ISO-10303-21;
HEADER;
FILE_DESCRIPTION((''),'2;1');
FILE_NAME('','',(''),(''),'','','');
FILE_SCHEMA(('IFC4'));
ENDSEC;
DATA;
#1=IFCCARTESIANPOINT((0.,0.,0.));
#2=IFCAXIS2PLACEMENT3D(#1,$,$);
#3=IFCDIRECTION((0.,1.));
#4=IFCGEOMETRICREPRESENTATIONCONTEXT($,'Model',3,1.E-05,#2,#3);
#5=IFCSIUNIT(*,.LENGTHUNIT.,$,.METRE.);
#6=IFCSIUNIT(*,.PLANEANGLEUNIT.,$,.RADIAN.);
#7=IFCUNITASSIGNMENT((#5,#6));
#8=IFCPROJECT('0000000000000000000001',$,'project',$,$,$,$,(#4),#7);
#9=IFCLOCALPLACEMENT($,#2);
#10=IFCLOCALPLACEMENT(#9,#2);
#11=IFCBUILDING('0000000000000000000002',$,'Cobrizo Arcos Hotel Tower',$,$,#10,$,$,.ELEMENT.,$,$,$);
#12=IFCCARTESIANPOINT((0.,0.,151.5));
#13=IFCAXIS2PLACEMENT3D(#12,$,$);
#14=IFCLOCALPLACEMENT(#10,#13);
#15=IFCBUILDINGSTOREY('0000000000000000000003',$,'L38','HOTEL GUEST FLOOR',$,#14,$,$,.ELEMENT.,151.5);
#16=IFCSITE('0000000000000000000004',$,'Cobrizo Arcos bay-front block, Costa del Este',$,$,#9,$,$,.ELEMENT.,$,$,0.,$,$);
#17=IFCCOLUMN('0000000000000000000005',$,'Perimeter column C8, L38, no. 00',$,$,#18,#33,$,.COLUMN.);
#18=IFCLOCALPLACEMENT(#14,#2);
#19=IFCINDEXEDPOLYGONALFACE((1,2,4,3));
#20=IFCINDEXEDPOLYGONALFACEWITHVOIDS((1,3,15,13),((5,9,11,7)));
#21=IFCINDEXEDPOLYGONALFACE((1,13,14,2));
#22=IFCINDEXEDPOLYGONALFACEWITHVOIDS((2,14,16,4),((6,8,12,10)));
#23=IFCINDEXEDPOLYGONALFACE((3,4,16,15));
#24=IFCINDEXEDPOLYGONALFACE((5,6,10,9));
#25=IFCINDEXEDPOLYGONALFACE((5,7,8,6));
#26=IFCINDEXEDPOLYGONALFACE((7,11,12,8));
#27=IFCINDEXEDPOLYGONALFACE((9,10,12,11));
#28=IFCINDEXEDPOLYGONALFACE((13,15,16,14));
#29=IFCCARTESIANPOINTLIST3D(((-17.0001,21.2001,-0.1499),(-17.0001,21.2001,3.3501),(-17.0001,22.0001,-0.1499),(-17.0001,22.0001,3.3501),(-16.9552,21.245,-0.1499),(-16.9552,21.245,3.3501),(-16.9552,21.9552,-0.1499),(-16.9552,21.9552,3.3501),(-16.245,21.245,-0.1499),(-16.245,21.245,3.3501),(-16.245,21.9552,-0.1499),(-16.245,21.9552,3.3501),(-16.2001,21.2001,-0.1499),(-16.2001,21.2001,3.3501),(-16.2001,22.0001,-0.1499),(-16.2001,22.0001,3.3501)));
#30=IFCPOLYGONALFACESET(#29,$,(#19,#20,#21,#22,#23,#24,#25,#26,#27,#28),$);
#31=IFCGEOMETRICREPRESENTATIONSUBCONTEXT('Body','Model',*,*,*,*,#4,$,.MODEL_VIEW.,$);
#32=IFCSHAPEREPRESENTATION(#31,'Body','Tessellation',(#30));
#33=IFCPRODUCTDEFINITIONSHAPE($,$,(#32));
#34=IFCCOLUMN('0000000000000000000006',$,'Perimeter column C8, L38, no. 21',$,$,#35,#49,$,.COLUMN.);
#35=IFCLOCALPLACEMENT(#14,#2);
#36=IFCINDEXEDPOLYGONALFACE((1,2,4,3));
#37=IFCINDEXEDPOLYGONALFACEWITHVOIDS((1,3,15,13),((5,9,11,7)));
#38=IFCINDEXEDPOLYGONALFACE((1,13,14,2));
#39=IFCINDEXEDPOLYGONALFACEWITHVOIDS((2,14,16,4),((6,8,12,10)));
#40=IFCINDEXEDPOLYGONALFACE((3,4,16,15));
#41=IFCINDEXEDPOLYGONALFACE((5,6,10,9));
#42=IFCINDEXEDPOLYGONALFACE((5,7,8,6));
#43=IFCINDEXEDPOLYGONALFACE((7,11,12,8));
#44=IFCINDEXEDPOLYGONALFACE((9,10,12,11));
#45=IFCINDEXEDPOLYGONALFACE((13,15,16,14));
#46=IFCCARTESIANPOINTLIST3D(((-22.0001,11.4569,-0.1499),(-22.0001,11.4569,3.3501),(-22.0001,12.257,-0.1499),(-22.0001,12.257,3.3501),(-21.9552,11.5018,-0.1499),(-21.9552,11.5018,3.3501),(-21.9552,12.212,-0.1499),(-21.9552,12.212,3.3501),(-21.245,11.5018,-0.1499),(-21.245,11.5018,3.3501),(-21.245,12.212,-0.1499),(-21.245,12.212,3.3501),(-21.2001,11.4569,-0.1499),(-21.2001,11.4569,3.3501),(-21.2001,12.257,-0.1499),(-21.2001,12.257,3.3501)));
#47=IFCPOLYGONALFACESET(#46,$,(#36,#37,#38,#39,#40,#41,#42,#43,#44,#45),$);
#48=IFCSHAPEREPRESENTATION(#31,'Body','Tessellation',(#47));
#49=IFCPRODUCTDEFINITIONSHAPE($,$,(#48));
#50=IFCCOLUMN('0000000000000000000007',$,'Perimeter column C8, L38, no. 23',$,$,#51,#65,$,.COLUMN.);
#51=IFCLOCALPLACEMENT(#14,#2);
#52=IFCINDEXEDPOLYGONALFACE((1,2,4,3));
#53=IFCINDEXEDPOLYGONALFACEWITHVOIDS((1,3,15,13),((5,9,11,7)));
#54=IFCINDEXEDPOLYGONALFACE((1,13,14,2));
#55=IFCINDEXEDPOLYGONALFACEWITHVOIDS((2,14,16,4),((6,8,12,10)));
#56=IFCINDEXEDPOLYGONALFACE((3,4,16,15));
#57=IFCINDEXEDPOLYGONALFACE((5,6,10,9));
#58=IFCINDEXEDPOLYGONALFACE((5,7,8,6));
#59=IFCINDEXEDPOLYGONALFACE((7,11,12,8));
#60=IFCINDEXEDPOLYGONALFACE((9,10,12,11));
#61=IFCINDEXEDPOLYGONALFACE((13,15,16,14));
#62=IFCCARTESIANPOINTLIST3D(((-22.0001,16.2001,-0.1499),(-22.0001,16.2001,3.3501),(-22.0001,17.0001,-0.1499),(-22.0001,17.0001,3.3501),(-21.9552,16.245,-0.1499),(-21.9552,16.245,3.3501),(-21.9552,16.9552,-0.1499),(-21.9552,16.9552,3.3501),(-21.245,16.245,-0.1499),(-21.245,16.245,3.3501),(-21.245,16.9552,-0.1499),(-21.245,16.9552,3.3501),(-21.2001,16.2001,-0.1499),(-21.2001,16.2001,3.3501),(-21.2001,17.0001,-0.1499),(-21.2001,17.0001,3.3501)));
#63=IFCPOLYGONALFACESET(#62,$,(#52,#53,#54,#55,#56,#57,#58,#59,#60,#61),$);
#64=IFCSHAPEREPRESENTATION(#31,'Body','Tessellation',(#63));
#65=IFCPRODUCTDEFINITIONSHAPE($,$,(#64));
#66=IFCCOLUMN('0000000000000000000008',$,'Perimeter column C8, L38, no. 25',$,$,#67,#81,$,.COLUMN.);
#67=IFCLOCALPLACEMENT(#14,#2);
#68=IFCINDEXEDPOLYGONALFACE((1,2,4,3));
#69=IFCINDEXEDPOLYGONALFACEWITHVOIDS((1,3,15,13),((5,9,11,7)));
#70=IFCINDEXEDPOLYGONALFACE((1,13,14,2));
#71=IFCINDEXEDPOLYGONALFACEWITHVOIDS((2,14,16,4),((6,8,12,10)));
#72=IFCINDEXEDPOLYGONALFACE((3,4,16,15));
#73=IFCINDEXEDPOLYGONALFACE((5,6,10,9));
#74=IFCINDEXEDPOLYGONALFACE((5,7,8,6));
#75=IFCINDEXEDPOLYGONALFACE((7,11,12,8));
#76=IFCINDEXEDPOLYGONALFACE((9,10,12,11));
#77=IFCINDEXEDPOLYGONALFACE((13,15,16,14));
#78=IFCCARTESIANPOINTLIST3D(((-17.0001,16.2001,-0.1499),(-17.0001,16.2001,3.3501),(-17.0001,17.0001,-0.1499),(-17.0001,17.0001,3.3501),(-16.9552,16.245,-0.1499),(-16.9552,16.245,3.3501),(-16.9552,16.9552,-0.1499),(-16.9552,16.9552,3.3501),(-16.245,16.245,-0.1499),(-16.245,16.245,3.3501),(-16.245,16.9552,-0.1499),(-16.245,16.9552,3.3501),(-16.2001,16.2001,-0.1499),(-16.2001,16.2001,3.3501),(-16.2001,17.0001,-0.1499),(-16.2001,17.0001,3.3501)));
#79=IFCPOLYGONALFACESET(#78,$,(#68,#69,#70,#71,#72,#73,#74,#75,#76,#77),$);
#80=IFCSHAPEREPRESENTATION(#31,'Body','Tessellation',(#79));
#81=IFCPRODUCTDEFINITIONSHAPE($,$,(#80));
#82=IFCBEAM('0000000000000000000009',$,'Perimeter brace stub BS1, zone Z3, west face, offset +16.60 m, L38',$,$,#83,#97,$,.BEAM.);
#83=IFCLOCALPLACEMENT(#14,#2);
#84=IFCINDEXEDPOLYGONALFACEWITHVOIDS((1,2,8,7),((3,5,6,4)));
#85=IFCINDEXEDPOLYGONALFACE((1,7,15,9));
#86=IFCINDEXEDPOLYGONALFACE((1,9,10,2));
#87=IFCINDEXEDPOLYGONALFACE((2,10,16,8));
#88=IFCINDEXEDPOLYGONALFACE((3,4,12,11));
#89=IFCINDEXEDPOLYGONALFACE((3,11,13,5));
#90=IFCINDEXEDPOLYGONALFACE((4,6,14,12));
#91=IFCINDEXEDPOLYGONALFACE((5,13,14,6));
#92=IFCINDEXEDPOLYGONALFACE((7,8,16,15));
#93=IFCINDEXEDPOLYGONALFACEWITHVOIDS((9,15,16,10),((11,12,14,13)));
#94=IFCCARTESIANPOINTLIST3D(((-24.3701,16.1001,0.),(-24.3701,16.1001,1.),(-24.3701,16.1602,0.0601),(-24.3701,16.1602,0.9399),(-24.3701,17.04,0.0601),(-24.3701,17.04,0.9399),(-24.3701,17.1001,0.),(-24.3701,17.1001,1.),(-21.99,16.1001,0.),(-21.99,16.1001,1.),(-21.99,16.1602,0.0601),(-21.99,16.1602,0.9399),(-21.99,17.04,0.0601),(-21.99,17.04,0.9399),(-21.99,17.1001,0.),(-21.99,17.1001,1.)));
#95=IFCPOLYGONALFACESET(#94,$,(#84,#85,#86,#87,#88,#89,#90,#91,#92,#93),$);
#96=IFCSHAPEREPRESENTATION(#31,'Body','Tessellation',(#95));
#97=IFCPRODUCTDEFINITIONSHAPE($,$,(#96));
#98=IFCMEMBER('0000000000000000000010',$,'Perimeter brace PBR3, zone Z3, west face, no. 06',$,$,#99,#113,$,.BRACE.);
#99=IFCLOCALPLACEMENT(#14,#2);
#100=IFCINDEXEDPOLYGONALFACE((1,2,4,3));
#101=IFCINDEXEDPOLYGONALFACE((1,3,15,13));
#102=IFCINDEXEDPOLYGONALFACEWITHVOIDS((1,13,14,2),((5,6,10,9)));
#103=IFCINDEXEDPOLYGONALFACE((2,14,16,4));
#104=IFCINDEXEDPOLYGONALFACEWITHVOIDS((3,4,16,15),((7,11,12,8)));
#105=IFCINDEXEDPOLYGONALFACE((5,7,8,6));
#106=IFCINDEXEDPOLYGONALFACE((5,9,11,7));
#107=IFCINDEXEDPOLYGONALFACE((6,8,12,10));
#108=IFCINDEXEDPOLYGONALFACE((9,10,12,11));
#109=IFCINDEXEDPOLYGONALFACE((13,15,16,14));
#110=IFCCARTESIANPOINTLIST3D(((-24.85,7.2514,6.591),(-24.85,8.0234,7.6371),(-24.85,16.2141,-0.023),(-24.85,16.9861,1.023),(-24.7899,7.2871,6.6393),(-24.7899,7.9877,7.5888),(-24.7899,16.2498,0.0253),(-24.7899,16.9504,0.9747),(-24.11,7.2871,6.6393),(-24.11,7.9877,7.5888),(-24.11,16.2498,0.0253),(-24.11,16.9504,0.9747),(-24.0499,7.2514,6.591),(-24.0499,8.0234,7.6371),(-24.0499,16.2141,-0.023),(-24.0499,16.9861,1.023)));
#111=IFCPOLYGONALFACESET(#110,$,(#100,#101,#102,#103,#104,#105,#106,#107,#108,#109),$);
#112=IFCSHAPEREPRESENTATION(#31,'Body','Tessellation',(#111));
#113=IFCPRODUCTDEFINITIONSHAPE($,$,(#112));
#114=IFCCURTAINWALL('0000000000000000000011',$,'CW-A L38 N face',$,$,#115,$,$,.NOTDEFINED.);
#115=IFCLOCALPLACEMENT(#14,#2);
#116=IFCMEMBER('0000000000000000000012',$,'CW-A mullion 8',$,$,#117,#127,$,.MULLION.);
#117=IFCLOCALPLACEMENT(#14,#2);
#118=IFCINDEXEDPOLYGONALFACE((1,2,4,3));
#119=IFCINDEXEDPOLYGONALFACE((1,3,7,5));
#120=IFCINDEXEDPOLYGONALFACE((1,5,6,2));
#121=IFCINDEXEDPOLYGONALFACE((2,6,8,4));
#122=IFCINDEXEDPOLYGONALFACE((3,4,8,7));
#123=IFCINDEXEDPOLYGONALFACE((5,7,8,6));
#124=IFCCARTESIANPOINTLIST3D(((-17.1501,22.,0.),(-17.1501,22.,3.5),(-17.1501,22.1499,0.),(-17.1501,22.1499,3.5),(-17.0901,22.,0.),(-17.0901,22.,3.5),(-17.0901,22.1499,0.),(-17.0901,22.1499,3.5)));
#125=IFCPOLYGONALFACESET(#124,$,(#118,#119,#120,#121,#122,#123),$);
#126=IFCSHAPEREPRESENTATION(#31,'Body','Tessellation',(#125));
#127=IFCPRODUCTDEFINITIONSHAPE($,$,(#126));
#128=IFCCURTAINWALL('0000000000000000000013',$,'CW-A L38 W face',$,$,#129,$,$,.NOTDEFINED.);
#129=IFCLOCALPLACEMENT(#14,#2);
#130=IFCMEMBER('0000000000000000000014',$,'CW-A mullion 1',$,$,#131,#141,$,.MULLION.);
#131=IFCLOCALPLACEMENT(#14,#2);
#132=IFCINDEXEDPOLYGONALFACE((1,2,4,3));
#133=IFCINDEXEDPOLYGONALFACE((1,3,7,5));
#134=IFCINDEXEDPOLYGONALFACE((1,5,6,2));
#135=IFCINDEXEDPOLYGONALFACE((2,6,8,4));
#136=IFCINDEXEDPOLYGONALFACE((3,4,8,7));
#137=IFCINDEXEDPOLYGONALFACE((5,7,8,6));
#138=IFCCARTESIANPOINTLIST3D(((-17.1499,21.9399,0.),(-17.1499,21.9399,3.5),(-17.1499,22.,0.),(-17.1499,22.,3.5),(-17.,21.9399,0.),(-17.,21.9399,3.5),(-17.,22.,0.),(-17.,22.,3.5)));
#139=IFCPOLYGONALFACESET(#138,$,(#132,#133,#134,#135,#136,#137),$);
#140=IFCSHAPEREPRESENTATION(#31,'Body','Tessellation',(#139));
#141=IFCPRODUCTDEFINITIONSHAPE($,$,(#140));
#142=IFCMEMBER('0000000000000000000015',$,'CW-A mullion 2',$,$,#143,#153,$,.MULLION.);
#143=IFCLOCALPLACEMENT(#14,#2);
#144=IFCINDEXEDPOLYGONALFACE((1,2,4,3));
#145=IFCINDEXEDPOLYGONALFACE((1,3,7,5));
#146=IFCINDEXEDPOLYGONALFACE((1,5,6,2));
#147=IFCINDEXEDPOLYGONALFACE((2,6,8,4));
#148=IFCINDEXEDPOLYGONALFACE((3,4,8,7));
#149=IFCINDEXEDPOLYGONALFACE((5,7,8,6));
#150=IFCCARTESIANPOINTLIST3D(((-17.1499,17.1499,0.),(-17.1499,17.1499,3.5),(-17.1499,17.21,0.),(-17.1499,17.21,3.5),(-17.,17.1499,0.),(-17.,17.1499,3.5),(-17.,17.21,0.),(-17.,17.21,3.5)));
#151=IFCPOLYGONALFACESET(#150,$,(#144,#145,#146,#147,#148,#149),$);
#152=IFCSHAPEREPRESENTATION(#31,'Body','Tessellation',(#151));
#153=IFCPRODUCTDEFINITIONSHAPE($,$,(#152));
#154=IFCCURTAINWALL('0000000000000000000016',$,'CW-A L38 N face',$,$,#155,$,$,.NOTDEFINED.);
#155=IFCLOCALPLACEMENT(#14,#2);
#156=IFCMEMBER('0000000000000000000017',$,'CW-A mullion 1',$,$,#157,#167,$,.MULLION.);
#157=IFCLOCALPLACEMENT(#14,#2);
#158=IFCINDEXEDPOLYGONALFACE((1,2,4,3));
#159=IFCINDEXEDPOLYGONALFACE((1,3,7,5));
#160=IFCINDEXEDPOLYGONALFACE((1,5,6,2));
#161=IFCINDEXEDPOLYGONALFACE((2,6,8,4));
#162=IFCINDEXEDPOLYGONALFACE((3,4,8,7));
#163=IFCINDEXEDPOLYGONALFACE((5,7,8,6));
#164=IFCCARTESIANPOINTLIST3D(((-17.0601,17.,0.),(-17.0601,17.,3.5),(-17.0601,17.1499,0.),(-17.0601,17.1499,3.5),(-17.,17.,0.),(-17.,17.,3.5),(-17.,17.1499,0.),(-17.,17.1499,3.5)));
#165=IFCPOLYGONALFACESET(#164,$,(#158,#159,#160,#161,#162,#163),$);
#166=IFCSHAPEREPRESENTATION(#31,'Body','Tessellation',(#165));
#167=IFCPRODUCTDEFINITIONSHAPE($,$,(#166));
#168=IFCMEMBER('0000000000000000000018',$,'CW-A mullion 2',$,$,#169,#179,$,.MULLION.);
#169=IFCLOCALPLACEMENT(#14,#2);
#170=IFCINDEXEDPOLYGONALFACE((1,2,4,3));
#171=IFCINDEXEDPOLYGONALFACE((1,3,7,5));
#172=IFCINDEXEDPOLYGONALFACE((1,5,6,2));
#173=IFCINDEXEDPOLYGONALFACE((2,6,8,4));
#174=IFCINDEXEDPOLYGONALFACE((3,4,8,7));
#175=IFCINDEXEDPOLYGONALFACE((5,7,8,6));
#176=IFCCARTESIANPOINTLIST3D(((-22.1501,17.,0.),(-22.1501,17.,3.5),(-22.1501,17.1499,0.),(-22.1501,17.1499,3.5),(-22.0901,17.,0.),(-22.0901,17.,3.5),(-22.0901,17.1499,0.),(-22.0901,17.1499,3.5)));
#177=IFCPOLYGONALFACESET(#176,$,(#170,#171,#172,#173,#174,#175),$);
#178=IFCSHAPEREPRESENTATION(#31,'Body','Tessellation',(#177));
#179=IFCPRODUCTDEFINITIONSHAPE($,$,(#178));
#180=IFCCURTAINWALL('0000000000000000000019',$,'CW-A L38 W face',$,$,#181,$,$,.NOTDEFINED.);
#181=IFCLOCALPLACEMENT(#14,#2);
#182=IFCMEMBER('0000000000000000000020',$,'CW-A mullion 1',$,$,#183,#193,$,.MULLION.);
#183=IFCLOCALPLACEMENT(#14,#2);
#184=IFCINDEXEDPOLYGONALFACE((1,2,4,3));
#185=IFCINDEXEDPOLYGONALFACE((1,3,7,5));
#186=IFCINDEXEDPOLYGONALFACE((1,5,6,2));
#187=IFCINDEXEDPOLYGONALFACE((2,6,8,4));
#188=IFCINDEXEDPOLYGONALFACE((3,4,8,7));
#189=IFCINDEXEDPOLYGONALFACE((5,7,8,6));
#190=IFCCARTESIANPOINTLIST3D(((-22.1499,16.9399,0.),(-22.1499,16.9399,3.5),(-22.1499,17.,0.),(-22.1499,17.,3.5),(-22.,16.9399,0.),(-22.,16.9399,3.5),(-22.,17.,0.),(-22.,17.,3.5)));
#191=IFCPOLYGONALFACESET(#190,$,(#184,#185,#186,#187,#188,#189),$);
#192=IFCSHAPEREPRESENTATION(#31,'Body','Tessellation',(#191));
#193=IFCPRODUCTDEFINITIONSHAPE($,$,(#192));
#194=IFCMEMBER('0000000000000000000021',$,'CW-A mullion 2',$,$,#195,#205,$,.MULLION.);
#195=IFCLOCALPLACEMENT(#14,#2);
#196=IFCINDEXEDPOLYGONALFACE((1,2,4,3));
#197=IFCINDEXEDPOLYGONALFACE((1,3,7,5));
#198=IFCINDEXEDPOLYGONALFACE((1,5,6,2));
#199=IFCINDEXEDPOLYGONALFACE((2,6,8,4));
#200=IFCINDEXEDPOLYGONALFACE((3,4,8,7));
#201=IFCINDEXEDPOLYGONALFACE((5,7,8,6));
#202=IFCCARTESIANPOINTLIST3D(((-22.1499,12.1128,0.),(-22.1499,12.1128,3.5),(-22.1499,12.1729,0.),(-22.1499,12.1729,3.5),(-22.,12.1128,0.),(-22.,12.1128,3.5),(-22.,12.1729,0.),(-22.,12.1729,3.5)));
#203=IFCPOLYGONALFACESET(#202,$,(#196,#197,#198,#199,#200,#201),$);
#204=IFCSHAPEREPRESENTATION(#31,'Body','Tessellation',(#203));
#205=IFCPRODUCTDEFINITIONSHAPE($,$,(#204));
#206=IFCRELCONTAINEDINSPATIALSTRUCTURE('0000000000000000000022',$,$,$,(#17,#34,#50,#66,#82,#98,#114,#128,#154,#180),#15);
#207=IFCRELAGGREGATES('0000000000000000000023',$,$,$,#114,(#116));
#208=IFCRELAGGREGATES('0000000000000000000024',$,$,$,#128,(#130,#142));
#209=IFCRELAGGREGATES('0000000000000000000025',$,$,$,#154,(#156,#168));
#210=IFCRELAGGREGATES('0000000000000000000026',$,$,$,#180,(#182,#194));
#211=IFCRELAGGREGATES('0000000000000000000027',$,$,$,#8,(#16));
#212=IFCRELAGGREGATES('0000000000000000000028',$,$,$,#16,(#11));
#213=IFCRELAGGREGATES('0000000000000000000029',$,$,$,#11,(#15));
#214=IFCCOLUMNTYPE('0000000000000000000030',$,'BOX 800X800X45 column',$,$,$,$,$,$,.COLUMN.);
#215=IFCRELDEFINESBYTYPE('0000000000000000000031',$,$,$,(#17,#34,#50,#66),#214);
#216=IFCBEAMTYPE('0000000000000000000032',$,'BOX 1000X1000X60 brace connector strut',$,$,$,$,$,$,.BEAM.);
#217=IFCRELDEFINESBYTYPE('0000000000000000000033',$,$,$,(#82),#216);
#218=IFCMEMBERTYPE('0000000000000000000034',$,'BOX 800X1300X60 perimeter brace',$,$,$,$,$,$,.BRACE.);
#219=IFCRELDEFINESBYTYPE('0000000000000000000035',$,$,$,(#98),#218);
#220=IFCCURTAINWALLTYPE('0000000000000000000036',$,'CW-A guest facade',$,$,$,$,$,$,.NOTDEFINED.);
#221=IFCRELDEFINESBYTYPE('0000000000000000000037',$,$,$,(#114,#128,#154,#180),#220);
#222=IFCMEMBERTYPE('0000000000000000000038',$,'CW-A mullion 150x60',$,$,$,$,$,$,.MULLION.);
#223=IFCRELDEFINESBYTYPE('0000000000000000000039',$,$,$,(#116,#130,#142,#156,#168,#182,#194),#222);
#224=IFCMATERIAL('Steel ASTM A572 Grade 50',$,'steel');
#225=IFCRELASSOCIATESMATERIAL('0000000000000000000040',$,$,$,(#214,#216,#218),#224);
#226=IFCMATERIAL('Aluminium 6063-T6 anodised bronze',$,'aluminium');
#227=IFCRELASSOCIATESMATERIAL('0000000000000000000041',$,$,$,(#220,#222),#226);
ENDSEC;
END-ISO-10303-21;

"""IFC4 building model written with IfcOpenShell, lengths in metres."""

from ifc_helpers import new_model, si_unit, direction, frame, origin, origin_2d, place, context, subcontext, project, spatial, rectangle, hollow_rectangle, extrude, material, material_profile, profile_set, type_object, element, aggregate, save


model = new_model("IFC4")

# Units and contexts
model_context = context("Model", 3, precision=1e-05, world=origin(), true_north=direction((0.0, 1.0)))
body_context = subcontext(model_context, "Body", "Model", "MODEL_VIEW")
ifc_project = project(units=[si_unit("LENGTHUNIT", "METRE"), si_unit("PLANEANGLEUNIT", "RADIAN")], contexts=[model_context])

# Site, building, storey
site_placement = place(None, origin())
site = spatial("IfcSite", under=ifc_project, at=site_placement, Name="Cobrizo Arcos bay-front block, Costa del Este", CompositionType="ELEMENT", RefElevation=0.0)
building_placement = place(site_placement, origin())
building = spatial("IfcBuilding", under=site, at=building_placement, Name="Cobrizo Arcos Hotel Tower", CompositionType="ELEMENT")
storey_placement = place(building_placement, frame((0.0, 0.0, 151.5)))
storey = spatial("IfcBuildingStorey", under=building, at=storey_placement, Name="L38", Description="HOTEL GUEST FLOOR", CompositionType="ELEMENT", Elevation=151.5)

# Columns
ifc_material_1 = material(Name="Steel ASTM A572 Grade 50", Category="steel")
ifc_material_profile_1 = material_profile(ifc_material_1, hollow_rectangle(XDim=0.8, YDim=0.8, WallThickness=0.0449, at=origin_2d()), Name="BOX 800X800X45")
ifc_profile_set_1 = profile_set([ifc_material_profile_1], Name="Steel ASTM A572 Grade 50")
column_type = type_object("IfcColumnType", Name="BOX 800X800X45 column", PredefinedType="COLUMN", material=ifc_profile_set_1)
for number, where, z_axis, x_axis, name in (
    (1, (-16.6001, 21.6001, -0.1499), (0.0, 0.0, 1.0), (1.0, 0.0, 0.0), "Perimeter column C8, L38, no. 00"),
    (2, (-21.6001, 11.8569, -0.1499), (0.0, 0.0, 1.0), (1.0, 0.0, 0.0), "Perimeter column C8, L38, no. 21"),
    (3, (-21.6001, 16.6001, -0.1499), (0.0, 0.0, 1.0), (1.0, 0.0, 0.0), "Perimeter column C8, L38, no. 23"),
    (4, (-16.6001, 16.6001, -0.1499), (0.0, 0.0, 1.0), (1.0, 0.0, 0.0), "Perimeter column C8, L38, no. 25"),
):
    element("IfcColumn", number, at=place(storey_placement, frame(where, z_axis=z_axis, x_axis=x_axis)), inside=storey, type_object=column_type, Name=name, PredefinedType="COLUMN", context=body_context, shape_type="SweptSolid", body=[
        extrude(hollow_rectangle(XDim=0.8, YDim=0.8, WallThickness=0.0449, at=origin_2d()), origin(), (0.0, 0.0, 1.0), 3.5),
    ])

# Beam
ifc_material_profile_2 = material_profile(ifc_material_1, hollow_rectangle(XDim=1.0, YDim=1.0, WallThickness=0.0601, at=origin_2d()), Name="BOX 1000X1000X60")
ifc_profile_set_2 = profile_set([ifc_material_profile_2], Name="Steel ASTM A572 Grade 50")
beam_type_1 = type_object("IfcBeamType", Name="BOX 1000X1000X60 brace connector strut", PredefinedType="BEAM", material=ifc_profile_set_2)
beam_1_placement = place(storey_placement, frame((-21.99, 16.6001, 0.5), z_axis=(-1.0, 0.0, 0.0), x_axis=(0.0, -1.0, 0.0)))
element("IfcBeam", 5, at=beam_1_placement, inside=storey, type_object=beam_type_1, Name="Perimeter brace stub BS1, zone Z3, west face, offset +16.60 m, L38", PredefinedType="BEAM", context=body_context, shape_type="SweptSolid", body=[
    extrude(hollow_rectangle(XDim=1.0, YDim=1.0, WallThickness=0.0601, at=origin_2d()), origin(), (0.0, 0.0, 1.0), 2.3801),
])

# Member
ifc_material_profile_3 = material_profile(ifc_material_1, hollow_rectangle(XDim=0.8, YDim=1.3, WallThickness=0.0601, at=origin_2d()), Name="BOX 800X1300X60")
ifc_profile_set_3 = profile_set([ifc_material_profile_3], Name="Steel ASTM A572 Grade 50")
member_type_1 = type_object("IfcMemberType", Name="BOX 800X1300X60 perimeter brace", PredefinedType="BRACE", material=ifc_profile_set_3)
member_1_placement = place(storey_placement, frame((-24.45, 16.6001, 0.5), z_axis=(0.0, -0.804629, 0.593778), x_axis=(1.0, 0.0, 0.0)))
element("IfcMember", 6, at=member_1_placement, inside=storey, type_object=member_type_1, Name="Perimeter brace PBR3, zone Z3, west face, no. 06", PredefinedType="BRACE", context=body_context, shape_type="SweptSolid", body=[
    extrude(hollow_rectangle(XDim=0.8, YDim=1.3, WallThickness=0.0601, at=origin_2d()), origin(), (0.0, 0.0, 1.0), 11.1389),
])

# Curtain wall, member
ifc_material_2 = material(Name="Aluminium 6063-T6 anodised bronze", Category="aluminium")
curtain_wall_type = type_object("IfcCurtainWallType", Name="CW-A guest facade", PredefinedType="NOTDEFINED", material=ifc_material_2)
curtain_wall_1_placement = place(storey_placement, origin())
curtain_wall_1 = element("IfcCurtainWall", 7, at=curtain_wall_1_placement, inside=storey, type_object=curtain_wall_type, Name="CW-A L38 N face", PredefinedType="NOTDEFINED")
ifc_material_profile_4 = material_profile(ifc_material_2, rectangle(XDim=0.1499, YDim=0.0601, at=origin_2d()), Name="CW-A mullion 150x60")
ifc_profile_set_4 = profile_set([ifc_material_profile_4], Name="Aluminium 6063-T6 anodised bronze")
member_type_2 = type_object("IfcMemberType", Name="CW-A mullion 150x60", PredefinedType="MULLION", material=ifc_profile_set_4)
member_2_placement = place(storey_placement, frame((-17.1201, 22.075, 0.0), z_axis=(0.0, 0.0, 1.0), x_axis=(0.0, 1.0, 0.0)))
member_2 = element("IfcMember", 8, at=member_2_placement, type_object=member_type_2, Name="CW-A mullion 8", PredefinedType="MULLION", context=body_context, shape_type="SweptSolid", body=[
    extrude(rectangle(XDim=0.1499, YDim=0.0601, at=origin_2d()), origin(), (0.0, 0.0, 1.0), 3.5),
])
aggregate(curtain_wall_1, [member_2])

# Curtain walls, members
curtain_wall_2_placement = place(storey_placement, origin())
curtain_wall_2 = element("IfcCurtainWall", 9, at=curtain_wall_2_placement, inside=storey, type_object=curtain_wall_type, Name="CW-A L38 W face", PredefinedType="NOTDEFINED")
member_3_placement = place(storey_placement, frame((-17.075, 21.97, 0.0), z_axis=(0.0, 0.0, 1.0), x_axis=(-1.0, 0.0, 0.0)))
member_3 = element("IfcMember", 10, at=member_3_placement, type_object=member_type_2, Name="CW-A mullion 1", PredefinedType="MULLION", context=body_context, shape_type="SweptSolid", body=[
    extrude(rectangle(XDim=0.1499, YDim=0.0601, at=origin_2d()), origin(), (0.0, 0.0, 1.0), 3.5),
])
member_4_placement = place(storey_placement, frame((-17.075, 17.1799, 0.0), z_axis=(0.0, 0.0, 1.0), x_axis=(-1.0, 0.0, 0.0)))
member_4 = element("IfcMember", 11, at=member_4_placement, type_object=member_type_2, Name="CW-A mullion 2", PredefinedType="MULLION", context=body_context, shape_type="SweptSolid", body=[
    extrude(rectangle(XDim=0.1499, YDim=0.0601, at=origin_2d()), origin(), (0.0, 0.0, 1.0), 3.5),
])
curtain_wall_3_placement = place(storey_placement, origin())
curtain_wall_3 = element("IfcCurtainWall", 12, at=curtain_wall_3_placement, inside=storey, type_object=curtain_wall_type, Name="CW-A L38 N face", PredefinedType="NOTDEFINED")
member_5_placement = place(storey_placement, frame((-17.03, 17.075, 0.0), z_axis=(0.0, 0.0, 1.0), x_axis=(0.0, 1.0, 0.0)))
member_5 = element("IfcMember", 13, at=member_5_placement, type_object=member_type_2, Name="CW-A mullion 1", PredefinedType="MULLION", context=body_context, shape_type="SweptSolid", body=[
    extrude(rectangle(XDim=0.1499, YDim=0.0601, at=origin_2d()), origin(), (0.0, 0.0, 1.0), 3.5),
])
member_6_placement = place(storey_placement, frame((-22.1201, 17.075, 0.0), z_axis=(0.0, 0.0, 1.0), x_axis=(0.0, 1.0, 0.0)))
member_6 = element("IfcMember", 14, at=member_6_placement, type_object=member_type_2, Name="CW-A mullion 2", PredefinedType="MULLION", context=body_context, shape_type="SweptSolid", body=[
    extrude(rectangle(XDim=0.1499, YDim=0.0601, at=origin_2d()), origin(), (0.0, 0.0, 1.0), 3.5),
])
curtain_wall_4_placement = place(storey_placement, origin())
curtain_wall_4 = element("IfcCurtainWall", 15, at=curtain_wall_4_placement, inside=storey, type_object=curtain_wall_type, Name="CW-A L38 W face", PredefinedType="NOTDEFINED")
member_7_placement = place(storey_placement, frame((-22.075, 16.97, 0.0), z_axis=(0.0, 0.0, 1.0), x_axis=(-1.0, 0.0, 0.0)))
member_7 = element("IfcMember", 16, at=member_7_placement, type_object=member_type_2, Name="CW-A mullion 1", PredefinedType="MULLION", context=body_context, shape_type="SweptSolid", body=[
    extrude(rectangle(XDim=0.1499, YDim=0.0601, at=origin_2d()), origin(), (0.0, 0.0, 1.0), 3.5),
])
member_8_placement = place(storey_placement, frame((-22.075, 12.1428, 0.0), z_axis=(0.0, 0.0, 1.0), x_axis=(-1.0, 0.0, 0.0)))
member_8 = element("IfcMember", 17, at=member_8_placement, type_object=member_type_2, Name="CW-A mullion 2", PredefinedType="MULLION", context=body_context, shape_type="SweptSolid", body=[
    extrude(rectangle(XDim=0.1499, YDim=0.0601, at=origin_2d()), origin(), (0.0, 0.0, 1.0), 3.5),
])

aggregate(curtain_wall_2, [member_3, member_4])
aggregate(curtain_wall_3, [member_5, member_6])
aggregate(curtain_wall_4, [member_7, member_8])

save(model, "model.ifc")
